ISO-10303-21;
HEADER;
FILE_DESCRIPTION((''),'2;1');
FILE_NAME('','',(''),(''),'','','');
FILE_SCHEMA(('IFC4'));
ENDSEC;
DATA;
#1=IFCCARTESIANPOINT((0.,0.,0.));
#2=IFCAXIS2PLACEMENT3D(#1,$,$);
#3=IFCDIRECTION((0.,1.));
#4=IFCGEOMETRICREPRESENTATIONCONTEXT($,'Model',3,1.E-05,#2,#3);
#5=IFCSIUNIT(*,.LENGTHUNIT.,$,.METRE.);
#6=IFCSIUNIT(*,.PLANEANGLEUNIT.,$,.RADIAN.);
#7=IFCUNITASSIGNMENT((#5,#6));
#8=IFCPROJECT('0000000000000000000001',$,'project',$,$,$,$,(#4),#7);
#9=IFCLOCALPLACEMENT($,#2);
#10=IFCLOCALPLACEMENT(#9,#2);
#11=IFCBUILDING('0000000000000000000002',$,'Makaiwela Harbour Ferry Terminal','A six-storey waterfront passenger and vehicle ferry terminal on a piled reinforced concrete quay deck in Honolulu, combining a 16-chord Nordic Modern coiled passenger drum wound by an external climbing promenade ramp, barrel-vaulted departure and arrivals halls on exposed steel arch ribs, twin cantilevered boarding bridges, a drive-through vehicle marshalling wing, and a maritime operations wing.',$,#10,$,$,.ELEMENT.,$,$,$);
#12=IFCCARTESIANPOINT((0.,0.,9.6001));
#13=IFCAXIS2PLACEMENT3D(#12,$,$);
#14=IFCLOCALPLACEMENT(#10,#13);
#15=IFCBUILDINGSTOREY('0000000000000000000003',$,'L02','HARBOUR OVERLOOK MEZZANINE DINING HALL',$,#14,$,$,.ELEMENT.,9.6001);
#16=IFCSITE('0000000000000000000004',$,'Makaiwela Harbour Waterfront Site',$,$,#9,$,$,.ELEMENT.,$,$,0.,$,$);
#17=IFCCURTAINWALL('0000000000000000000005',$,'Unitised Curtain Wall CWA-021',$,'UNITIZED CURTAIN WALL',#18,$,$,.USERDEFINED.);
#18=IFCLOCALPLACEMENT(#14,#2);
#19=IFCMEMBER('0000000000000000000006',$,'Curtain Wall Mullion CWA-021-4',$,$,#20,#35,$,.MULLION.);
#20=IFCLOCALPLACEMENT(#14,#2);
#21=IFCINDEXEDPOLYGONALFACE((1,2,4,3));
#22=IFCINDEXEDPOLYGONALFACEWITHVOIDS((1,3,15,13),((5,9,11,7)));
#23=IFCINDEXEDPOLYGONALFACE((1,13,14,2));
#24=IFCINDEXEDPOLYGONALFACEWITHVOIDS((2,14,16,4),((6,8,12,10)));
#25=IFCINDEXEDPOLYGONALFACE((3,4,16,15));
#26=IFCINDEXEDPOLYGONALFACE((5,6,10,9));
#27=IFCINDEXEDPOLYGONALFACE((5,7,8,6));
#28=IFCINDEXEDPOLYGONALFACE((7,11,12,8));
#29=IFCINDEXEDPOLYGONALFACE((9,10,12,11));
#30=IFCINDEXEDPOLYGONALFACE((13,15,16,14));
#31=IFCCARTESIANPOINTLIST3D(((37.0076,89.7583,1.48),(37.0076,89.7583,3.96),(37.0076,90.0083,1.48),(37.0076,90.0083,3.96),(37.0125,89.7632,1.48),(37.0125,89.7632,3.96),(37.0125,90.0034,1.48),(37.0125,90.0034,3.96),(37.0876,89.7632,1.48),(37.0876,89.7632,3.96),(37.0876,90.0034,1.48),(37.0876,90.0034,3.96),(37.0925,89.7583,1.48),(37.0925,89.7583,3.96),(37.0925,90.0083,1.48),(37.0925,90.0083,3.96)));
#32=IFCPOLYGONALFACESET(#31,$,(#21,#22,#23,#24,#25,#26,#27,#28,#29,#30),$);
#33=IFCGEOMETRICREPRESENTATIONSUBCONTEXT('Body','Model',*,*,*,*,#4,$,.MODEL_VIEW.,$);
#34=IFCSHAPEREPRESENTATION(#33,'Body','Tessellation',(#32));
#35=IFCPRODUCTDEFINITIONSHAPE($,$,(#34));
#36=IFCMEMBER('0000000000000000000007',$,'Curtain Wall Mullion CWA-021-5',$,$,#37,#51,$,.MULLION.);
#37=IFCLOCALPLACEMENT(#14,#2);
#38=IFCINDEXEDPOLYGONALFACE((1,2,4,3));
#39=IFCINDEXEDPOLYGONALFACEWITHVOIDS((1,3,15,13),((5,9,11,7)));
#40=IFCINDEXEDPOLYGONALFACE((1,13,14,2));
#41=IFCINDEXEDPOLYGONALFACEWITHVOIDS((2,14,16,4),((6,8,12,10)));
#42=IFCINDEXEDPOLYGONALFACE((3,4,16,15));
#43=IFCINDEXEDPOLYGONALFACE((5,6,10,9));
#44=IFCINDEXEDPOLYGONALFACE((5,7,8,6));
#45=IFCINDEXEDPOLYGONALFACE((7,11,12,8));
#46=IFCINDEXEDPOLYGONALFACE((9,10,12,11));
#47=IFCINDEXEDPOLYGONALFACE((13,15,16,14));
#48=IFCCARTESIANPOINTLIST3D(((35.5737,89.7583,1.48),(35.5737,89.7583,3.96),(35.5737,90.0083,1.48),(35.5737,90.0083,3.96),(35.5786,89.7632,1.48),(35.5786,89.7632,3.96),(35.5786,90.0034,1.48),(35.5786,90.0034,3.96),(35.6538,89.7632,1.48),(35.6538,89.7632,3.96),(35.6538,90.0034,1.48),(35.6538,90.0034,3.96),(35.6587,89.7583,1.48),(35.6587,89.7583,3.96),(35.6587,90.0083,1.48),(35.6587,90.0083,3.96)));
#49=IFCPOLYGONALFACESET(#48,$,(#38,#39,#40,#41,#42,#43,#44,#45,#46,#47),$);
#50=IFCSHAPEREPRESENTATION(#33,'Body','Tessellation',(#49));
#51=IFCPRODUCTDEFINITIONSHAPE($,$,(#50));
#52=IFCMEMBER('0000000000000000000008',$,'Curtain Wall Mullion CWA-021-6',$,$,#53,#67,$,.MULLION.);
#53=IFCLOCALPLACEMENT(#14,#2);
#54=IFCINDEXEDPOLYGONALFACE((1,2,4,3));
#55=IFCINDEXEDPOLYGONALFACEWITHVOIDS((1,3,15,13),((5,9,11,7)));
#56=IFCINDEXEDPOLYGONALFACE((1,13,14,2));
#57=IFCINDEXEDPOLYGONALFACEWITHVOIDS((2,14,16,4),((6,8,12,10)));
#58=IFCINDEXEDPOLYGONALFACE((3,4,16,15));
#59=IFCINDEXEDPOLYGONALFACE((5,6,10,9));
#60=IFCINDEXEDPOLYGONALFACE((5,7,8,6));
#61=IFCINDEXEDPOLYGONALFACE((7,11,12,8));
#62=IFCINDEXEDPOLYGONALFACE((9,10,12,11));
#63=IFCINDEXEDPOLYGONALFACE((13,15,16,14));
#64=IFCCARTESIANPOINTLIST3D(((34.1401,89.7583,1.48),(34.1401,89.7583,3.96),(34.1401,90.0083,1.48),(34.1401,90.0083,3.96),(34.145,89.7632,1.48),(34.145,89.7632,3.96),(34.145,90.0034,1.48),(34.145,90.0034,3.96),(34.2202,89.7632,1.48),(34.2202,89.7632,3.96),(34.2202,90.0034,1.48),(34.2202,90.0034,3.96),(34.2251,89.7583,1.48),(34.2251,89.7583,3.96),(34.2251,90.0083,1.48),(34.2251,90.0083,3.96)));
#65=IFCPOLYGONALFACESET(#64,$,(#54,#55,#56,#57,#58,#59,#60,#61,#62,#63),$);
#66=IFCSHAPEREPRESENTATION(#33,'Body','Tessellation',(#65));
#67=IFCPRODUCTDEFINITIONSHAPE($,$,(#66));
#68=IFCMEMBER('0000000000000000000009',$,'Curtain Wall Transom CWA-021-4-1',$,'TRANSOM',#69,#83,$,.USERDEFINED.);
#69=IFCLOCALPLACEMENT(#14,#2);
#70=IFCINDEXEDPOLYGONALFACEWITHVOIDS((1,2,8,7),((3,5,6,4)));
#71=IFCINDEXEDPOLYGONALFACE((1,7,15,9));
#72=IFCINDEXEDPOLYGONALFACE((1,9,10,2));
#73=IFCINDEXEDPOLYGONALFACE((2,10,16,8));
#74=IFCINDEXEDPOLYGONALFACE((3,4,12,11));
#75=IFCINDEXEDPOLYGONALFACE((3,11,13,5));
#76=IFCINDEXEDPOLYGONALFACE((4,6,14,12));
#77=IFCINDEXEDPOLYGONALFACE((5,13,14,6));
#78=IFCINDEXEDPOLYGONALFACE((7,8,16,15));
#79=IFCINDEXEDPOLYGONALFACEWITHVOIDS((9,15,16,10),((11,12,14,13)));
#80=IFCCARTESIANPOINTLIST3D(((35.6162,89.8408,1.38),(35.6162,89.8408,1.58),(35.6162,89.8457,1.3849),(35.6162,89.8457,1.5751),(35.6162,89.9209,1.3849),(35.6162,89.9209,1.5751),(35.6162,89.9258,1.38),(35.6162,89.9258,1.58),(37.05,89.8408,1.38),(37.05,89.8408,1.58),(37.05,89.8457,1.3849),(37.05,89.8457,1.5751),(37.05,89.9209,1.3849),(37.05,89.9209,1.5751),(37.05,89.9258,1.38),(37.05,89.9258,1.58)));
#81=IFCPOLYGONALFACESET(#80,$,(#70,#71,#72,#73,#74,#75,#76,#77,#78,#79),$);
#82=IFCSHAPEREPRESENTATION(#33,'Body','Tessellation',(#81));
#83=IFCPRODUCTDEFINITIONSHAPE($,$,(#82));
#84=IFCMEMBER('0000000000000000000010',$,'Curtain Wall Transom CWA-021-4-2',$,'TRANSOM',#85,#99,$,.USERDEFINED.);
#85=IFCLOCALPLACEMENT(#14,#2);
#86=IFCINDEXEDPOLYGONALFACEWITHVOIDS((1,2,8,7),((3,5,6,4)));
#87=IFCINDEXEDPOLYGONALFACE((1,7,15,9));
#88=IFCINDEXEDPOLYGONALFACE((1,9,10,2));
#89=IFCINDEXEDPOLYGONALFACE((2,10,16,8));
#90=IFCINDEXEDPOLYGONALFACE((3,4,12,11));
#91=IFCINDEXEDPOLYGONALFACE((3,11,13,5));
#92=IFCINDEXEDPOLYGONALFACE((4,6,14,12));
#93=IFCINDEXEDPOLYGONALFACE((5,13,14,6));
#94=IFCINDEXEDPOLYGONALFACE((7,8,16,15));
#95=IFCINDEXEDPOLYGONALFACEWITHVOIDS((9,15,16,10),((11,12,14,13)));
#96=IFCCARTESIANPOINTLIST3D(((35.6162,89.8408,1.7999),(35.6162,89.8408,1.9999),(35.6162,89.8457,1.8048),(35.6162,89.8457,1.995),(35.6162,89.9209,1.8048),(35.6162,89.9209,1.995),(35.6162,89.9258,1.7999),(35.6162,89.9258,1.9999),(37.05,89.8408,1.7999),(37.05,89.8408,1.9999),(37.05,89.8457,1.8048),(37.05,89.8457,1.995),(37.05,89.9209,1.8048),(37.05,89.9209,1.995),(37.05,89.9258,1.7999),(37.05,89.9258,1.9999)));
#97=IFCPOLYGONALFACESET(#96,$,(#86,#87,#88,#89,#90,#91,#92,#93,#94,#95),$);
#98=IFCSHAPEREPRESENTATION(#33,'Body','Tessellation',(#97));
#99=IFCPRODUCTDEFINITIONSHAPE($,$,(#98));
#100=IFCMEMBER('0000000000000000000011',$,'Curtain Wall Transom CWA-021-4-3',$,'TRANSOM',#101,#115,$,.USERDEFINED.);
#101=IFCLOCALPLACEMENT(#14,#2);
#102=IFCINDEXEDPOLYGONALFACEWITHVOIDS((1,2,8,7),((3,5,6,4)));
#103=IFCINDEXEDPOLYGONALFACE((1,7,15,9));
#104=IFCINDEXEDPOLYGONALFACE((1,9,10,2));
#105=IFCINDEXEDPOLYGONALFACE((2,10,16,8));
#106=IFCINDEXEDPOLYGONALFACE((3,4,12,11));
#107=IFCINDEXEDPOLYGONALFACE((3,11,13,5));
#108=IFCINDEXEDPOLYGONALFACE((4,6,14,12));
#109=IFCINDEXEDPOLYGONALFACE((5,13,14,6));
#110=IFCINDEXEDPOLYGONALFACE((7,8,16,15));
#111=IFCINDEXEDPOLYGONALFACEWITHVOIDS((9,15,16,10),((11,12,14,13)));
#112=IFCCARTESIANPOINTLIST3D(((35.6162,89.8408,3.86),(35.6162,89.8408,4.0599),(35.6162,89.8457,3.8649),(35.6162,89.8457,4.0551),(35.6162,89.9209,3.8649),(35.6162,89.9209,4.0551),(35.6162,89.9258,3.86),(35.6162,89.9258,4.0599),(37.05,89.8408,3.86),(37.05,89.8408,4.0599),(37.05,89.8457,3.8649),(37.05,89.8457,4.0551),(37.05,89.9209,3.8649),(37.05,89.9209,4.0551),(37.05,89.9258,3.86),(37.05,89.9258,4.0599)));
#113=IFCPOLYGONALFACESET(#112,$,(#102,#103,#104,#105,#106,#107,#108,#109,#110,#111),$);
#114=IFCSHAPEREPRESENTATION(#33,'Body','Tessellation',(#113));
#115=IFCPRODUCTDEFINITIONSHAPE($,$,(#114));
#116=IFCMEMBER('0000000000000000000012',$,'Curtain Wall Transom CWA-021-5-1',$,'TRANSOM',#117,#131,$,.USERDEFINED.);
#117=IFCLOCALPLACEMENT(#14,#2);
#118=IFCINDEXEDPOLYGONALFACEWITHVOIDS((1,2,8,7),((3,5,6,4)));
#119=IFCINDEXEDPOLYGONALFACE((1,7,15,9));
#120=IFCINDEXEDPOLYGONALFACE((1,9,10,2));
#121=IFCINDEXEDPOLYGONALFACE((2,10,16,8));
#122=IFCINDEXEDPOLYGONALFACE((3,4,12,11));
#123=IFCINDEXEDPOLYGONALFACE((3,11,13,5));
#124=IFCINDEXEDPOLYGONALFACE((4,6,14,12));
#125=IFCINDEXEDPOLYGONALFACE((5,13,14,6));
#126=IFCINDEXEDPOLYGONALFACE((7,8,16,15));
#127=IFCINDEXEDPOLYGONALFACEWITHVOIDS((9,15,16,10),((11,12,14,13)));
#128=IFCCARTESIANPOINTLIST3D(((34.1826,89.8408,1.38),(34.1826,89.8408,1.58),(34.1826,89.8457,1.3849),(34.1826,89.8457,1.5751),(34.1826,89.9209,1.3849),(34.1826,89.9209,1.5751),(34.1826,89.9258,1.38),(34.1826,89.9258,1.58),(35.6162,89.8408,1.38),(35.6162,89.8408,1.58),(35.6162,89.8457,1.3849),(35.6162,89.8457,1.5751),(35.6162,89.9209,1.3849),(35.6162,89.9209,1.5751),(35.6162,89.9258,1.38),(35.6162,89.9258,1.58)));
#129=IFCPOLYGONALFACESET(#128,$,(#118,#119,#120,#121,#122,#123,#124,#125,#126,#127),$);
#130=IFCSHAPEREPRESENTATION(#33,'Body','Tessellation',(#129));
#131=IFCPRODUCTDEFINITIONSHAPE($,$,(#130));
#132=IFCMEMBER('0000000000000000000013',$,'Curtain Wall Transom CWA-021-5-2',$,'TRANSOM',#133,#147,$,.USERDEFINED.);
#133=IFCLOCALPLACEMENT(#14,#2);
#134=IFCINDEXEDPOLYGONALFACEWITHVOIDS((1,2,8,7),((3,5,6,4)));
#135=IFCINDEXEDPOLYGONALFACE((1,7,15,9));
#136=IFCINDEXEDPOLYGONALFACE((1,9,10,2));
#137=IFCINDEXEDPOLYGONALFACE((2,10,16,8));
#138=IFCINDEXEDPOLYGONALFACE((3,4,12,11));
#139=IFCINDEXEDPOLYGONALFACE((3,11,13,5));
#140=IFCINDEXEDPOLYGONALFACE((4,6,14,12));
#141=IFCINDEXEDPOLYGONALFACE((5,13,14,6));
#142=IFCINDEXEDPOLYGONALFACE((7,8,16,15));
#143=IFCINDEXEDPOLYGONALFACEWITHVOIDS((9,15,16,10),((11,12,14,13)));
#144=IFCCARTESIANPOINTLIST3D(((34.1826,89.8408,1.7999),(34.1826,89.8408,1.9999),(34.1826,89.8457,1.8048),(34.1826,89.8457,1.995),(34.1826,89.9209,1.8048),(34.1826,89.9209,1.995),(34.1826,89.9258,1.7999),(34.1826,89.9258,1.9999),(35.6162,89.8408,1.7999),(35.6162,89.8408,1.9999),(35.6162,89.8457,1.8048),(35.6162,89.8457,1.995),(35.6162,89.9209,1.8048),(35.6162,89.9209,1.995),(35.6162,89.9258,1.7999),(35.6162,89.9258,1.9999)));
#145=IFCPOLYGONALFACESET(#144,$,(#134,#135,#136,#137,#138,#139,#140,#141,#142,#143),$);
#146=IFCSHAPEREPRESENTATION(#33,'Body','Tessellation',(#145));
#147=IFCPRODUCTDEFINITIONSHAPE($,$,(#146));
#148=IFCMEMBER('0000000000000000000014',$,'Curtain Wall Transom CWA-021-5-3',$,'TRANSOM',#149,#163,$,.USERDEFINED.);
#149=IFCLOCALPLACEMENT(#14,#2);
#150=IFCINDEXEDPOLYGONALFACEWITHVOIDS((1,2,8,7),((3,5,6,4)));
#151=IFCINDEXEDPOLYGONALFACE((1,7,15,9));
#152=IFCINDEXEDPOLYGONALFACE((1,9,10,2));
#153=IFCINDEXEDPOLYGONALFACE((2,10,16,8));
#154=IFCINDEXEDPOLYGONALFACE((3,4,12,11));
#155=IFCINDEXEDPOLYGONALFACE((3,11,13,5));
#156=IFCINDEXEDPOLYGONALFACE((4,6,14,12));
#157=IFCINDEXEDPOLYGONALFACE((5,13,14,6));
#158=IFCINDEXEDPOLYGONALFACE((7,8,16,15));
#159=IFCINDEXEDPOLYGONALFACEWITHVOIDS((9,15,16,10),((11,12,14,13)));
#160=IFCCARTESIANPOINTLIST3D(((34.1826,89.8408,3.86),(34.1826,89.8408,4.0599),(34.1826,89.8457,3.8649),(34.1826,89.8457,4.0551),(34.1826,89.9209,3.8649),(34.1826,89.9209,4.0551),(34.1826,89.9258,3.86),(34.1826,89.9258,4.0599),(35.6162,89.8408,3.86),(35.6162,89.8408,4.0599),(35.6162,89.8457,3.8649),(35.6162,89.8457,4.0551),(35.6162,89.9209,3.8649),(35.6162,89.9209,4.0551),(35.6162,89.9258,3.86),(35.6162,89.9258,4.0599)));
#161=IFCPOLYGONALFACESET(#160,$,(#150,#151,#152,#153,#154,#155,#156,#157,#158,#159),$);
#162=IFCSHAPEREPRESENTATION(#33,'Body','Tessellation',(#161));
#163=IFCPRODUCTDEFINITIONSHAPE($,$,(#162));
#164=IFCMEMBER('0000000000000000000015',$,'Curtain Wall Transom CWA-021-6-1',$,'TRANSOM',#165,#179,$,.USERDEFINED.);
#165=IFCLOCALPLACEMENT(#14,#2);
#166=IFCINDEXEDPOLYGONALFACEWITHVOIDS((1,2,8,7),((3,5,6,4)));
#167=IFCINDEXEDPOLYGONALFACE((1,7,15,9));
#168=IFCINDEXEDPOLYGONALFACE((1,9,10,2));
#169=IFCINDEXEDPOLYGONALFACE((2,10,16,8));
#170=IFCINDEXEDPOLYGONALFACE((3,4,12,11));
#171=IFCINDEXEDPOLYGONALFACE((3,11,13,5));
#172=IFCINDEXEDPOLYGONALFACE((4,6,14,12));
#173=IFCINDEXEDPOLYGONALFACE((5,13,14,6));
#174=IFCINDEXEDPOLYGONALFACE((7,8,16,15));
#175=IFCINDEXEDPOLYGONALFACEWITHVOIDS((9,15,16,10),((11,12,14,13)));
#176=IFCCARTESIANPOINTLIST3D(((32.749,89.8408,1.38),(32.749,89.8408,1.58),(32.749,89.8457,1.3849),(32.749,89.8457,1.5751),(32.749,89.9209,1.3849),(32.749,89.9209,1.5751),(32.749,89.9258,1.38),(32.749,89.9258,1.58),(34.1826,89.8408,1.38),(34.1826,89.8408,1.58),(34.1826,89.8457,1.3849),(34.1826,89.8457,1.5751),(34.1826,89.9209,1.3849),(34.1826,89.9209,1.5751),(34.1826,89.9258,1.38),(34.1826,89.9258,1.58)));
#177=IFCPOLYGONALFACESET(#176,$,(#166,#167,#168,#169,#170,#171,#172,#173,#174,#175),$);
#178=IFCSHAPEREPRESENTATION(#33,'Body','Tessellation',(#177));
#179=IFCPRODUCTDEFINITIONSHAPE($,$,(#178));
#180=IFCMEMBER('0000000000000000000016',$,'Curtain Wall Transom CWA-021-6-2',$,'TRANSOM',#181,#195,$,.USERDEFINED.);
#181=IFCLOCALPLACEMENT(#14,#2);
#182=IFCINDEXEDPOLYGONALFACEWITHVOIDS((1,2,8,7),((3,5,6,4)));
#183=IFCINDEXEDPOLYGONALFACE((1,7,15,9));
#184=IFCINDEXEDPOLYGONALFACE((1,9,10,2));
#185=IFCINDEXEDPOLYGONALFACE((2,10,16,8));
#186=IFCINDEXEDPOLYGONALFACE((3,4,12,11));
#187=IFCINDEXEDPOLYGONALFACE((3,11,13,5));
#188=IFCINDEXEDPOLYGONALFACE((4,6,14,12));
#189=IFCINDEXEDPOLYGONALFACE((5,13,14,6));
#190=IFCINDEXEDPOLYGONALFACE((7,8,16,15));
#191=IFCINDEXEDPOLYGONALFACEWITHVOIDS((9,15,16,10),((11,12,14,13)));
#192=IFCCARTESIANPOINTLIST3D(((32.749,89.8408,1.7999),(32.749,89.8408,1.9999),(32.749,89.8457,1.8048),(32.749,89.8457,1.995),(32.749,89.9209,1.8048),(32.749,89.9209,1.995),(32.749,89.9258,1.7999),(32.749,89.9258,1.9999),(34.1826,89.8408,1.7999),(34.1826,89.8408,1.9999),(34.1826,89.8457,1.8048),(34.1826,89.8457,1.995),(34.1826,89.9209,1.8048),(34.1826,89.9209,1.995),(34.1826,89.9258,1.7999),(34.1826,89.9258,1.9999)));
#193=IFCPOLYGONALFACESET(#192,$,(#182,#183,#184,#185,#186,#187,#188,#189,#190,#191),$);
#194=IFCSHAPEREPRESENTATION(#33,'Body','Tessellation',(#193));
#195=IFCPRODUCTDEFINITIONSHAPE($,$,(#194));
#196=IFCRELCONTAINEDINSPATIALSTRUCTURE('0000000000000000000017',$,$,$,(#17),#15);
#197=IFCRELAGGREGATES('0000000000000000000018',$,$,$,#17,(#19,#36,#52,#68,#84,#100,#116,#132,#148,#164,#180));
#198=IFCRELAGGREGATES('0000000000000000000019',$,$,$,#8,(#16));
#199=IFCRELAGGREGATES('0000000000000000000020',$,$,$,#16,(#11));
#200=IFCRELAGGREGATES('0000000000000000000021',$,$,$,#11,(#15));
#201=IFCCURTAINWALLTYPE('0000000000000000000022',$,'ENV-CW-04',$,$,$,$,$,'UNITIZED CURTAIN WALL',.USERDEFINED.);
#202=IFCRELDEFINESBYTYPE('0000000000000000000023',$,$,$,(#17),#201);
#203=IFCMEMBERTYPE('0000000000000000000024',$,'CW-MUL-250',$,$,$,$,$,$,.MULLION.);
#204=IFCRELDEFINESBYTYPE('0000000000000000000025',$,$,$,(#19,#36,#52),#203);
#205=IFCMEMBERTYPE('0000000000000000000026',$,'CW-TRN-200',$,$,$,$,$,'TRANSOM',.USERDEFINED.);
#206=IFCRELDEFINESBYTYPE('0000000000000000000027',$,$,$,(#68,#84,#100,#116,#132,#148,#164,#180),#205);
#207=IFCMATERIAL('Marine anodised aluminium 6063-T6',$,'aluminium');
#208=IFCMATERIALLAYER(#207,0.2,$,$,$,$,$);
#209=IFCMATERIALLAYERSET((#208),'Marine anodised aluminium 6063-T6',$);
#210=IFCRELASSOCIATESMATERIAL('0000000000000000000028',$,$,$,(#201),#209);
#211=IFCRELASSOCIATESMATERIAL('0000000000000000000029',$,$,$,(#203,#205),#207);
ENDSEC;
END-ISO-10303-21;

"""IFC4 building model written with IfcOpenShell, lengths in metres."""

from ifc_helpers import new_model, si_unit, direction, frame, origin, origin_2d, place, context, subcontext, project, spatial, hollow_rectangle, extrude, material, layer, layer_set, material_profile, profile_set, type_object, element, aggregate, save


model = new_model("IFC4")

# Units and contexts
model_context = context("Model", 3, precision=1e-05, world=origin(), true_north=direction((0.0, 1.0)))
body_context = subcontext(model_context, "Body", "Model", "MODEL_VIEW")
ifc_project = project(units=[si_unit("LENGTHUNIT", "METRE"), si_unit("PLANEANGLEUNIT", "RADIAN")], contexts=[model_context])

# Site, building, storey
site_placement = place(None, origin())
site = spatial("IfcSite", under=ifc_project, at=site_placement, Name="Makaiwela Harbour Waterfront Site", CompositionType="ELEMENT", RefElevation=0.0)
building_placement = place(site_placement, origin())
building = spatial("IfcBuilding", under=site, at=building_placement, Name="Makaiwela Harbour Ferry Terminal", Description="A six-storey waterfront passenger and vehicle ferry terminal on a piled reinforced concrete quay deck in Honolulu, combining a 16-chord Nordic Modern coiled passenger drum wound by an external climbing promenade ramp, barrel-vaulted departure and arrivals halls on exposed steel arch ribs, twin cantilevered boarding bridges, a drive-through vehicle marshalling wing, and a maritime operations wing.", CompositionType="ELEMENT")
storey_placement = place(building_placement, frame((0.0, 0.0, 9.6001)))
storey = spatial("IfcBuildingStorey", under=building, at=storey_placement, Name="L02", Description="HARBOUR OVERLOOK MEZZANINE DINING HALL", CompositionType="ELEMENT", Elevation=9.6001)

# Curtain wall, members
ifc_material_1 = material(Name="Marine anodised aluminium 6063-T6", Category="aluminium")
ifc_layer_1 = layer(ifc_material_1, 0.2)
ifc_layer_set_1 = layer_set([ifc_layer_1], Name="Marine anodised aluminium 6063-T6")
curtain_wall_type = type_object("IfcCurtainWallType", Name="ENV-CW-04", ElementType="UNITIZED CURTAIN WALL", PredefinedType="USERDEFINED", material=ifc_layer_set_1)
curtain_wall_placement = place(storey_placement, origin())
curtain_wall = element("IfcCurtainWall", 1, at=curtain_wall_placement, inside=storey, type_object=curtain_wall_type, Name="Unitised Curtain Wall CWA-021", ObjectType="UNITIZED CURTAIN WALL", PredefinedType="USERDEFINED")
ifc_material_profile_1 = material_profile(ifc_material_1, hollow_rectangle(XDim=0.085, YDim=0.25, WallThickness=0.0049, at=origin_2d()), Name="CWM-250X85")
ifc_profile_set_1 = profile_set([ifc_material_profile_1], Name="Marine anodised aluminium 6063-T6")
member_type_1 = type_object("IfcMemberType", Name="CW-MUL-250", PredefinedType="MULLION", material=ifc_profile_set_1)
member_1_placement = place(storey_placement, frame((37.05, 89.8833, 1.48), z_axis=(0.0, 0.0, 1.0), x_axis=(1.0, 0.0, 0.0)))
member_1 = element("IfcMember", 2, at=member_1_placement, type_object=member_type_1, Name="Curtain Wall Mullion CWA-021-4", PredefinedType="MULLION", context=body_context, shape_type="SweptSolid", body=[
    extrude(hollow_rectangle(XDim=0.085, YDim=0.25, WallThickness=0.0049, at=origin_2d()), origin(), (0.0, 0.0, 1.0), 2.48),
])
member_2_placement = place(storey_placement, frame((35.6162, 89.8833, 1.48), z_axis=(0.0, 0.0, 1.0), x_axis=(1.0, 0.0, 0.0)))
member_2 = element("IfcMember", 3, at=member_2_placement, type_object=member_type_1, Name="Curtain Wall Mullion CWA-021-5", PredefinedType="MULLION", context=body_context, shape_type="SweptSolid", body=[
    extrude(hollow_rectangle(XDim=0.085, YDim=0.25, WallThickness=0.0049, at=origin_2d()), origin(), (0.0, 0.0, 1.0), 2.48),
])
member_3_placement = place(storey_placement, frame((34.1826, 89.8833, 1.48), z_axis=(0.0, 0.0, 1.0), x_axis=(1.0, 0.0, 0.0)))
member_3 = element("IfcMember", 4, at=member_3_placement, type_object=member_type_1, Name="Curtain Wall Mullion CWA-021-6", PredefinedType="MULLION", context=body_context, shape_type="SweptSolid", body=[
    extrude(hollow_rectangle(XDim=0.085, YDim=0.25, WallThickness=0.0049, at=origin_2d()), origin(), (0.0, 0.0, 1.0), 2.48),
])
ifc_material_profile_2 = material_profile(ifc_material_1, hollow_rectangle(XDim=0.085, YDim=0.2, WallThickness=0.0049, at=origin_2d()), Name="CWT-200X85")
ifc_profile_set_2 = profile_set([ifc_material_profile_2], Name="Marine anodised aluminium 6063-T6")
member_type_2 = type_object("IfcMemberType", Name="CW-TRN-200", ElementType="TRANSOM", PredefinedType="USERDEFINED", material=ifc_profile_set_2)
member_4_placement = place(storey_placement, frame((37.05, 89.8833, 1.48), z_axis=(-1.0, 0.0, 0.0), x_axis=(0.0, -1.0, 0.0)))
member_4 = element("IfcMember", 5, at=member_4_placement, type_object=member_type_2, Name="Curtain Wall Transom CWA-021-4-1", ObjectType="TRANSOM", PredefinedType="USERDEFINED", context=body_context, shape_type="SweptSolid", body=[
    extrude(hollow_rectangle(XDim=0.085, YDim=0.2, WallThickness=0.0049, at=origin_2d()), origin(), (0.0, 0.0, 1.0), 1.4338),
])
member_5_placement = place(storey_placement, frame((37.05, 89.8833, 1.8999), z_axis=(-1.0, 0.0, 0.0), x_axis=(0.0, -1.0, 0.0)))
member_5 = element("IfcMember", 6, at=member_5_placement, type_object=member_type_2, Name="Curtain Wall Transom CWA-021-4-2", ObjectType="TRANSOM", PredefinedType="USERDEFINED", context=body_context, shape_type="SweptSolid", body=[
    extrude(hollow_rectangle(XDim=0.085, YDim=0.2, WallThickness=0.0049, at=origin_2d()), origin(), (0.0, 0.0, 1.0), 1.4338),
])
member_6_placement = place(storey_placement, frame((37.05, 89.8833, 3.96), z_axis=(-1.0, 0.0, 0.0), x_axis=(0.0, -1.0, 0.0)))
member_6 = element("IfcMember", 7, at=member_6_placement, type_object=member_type_2, Name="Curtain Wall Transom CWA-021-4-3", ObjectType="TRANSOM", PredefinedType="USERDEFINED", context=body_context, shape_type="SweptSolid", body=[
    extrude(hollow_rectangle(XDim=0.085, YDim=0.2, WallThickness=0.0049, at=origin_2d()), origin(), (0.0, 0.0, 1.0), 1.4338),
])
member_7_placement = place(storey_placement, frame((35.6162, 89.8833, 1.48), z_axis=(-1.0, 0.0, 0.0), x_axis=(0.0, -1.0, 0.0)))
member_7 = element("IfcMember", 8, at=member_7_placement, type_object=member_type_2, Name="Curtain Wall Transom CWA-021-5-1", ObjectType="TRANSOM", PredefinedType="USERDEFINED", context=body_context, shape_type="SweptSolid", body=[
    extrude(hollow_rectangle(XDim=0.085, YDim=0.2, WallThickness=0.0049, at=origin_2d()), origin(), (0.0, 0.0, 1.0), 1.4336),
])
member_8_placement = place(storey_placement, frame((35.6162, 89.8833, 1.8999), z_axis=(-1.0, 0.0, 0.0), x_axis=(0.0, -1.0, 0.0)))
member_8 = element("IfcMember", 9, at=member_8_placement, type_object=member_type_2, Name="Curtain Wall Transom CWA-021-5-2", ObjectType="TRANSOM", PredefinedType="USERDEFINED", context=body_context, shape_type="SweptSolid", body=[
    extrude(hollow_rectangle(XDim=0.085, YDim=0.2, WallThickness=0.0049, at=origin_2d()), origin(), (0.0, 0.0, 1.0), 1.4336),
])
member_9_placement = place(storey_placement, frame((35.6162, 89.8833, 3.96), z_axis=(-1.0, 0.0, 0.0), x_axis=(0.0, -1.0, 0.0)))
member_9 = element("IfcMember", 10, at=member_9_placement, type_object=member_type_2, Name="Curtain Wall Transom CWA-021-5-3", ObjectType="TRANSOM", PredefinedType="USERDEFINED", context=body_context, shape_type="SweptSolid", body=[
    extrude(hollow_rectangle(XDim=0.085, YDim=0.2, WallThickness=0.0049, at=origin_2d()), origin(), (0.0, 0.0, 1.0), 1.4336),
])
member_10_placement = place(storey_placement, frame((34.1826, 89.8833, 1.48), z_axis=(-1.0, 0.0, 0.0), x_axis=(0.0, -1.0, 0.0)))
member_10 = element("IfcMember", 11, at=member_10_placement, type_object=member_type_2, Name="Curtain Wall Transom CWA-021-6-1", ObjectType="TRANSOM", PredefinedType="USERDEFINED", context=body_context, shape_type="SweptSolid", body=[
    extrude(hollow_rectangle(XDim=0.085, YDim=0.2, WallThickness=0.0049, at=origin_2d()), origin(), (0.0, 0.0, 1.0), 1.4336),
])
member_11_placement = place(storey_placement, frame((34.1826, 89.8833, 1.8999), z_axis=(-1.0, 0.0, 0.0), x_axis=(0.0, -1.0, 0.0)))
member_11 = element("IfcMember", 12, at=member_11_placement, type_object=member_type_2, Name="Curtain Wall Transom CWA-021-6-2", ObjectType="TRANSOM", PredefinedType="USERDEFINED", context=body_context, shape_type="SweptSolid", body=[
    extrude(hollow_rectangle(XDim=0.085, YDim=0.2, WallThickness=0.0049, at=origin_2d()), origin(), (0.0, 0.0, 1.0), 1.4336),
])
aggregate(curtain_wall, [member_1, member_2, member_3, member_4, member_5, member_6, member_7, member_8, member_9, member_10, member_11])

save(model, "model.ifc")
